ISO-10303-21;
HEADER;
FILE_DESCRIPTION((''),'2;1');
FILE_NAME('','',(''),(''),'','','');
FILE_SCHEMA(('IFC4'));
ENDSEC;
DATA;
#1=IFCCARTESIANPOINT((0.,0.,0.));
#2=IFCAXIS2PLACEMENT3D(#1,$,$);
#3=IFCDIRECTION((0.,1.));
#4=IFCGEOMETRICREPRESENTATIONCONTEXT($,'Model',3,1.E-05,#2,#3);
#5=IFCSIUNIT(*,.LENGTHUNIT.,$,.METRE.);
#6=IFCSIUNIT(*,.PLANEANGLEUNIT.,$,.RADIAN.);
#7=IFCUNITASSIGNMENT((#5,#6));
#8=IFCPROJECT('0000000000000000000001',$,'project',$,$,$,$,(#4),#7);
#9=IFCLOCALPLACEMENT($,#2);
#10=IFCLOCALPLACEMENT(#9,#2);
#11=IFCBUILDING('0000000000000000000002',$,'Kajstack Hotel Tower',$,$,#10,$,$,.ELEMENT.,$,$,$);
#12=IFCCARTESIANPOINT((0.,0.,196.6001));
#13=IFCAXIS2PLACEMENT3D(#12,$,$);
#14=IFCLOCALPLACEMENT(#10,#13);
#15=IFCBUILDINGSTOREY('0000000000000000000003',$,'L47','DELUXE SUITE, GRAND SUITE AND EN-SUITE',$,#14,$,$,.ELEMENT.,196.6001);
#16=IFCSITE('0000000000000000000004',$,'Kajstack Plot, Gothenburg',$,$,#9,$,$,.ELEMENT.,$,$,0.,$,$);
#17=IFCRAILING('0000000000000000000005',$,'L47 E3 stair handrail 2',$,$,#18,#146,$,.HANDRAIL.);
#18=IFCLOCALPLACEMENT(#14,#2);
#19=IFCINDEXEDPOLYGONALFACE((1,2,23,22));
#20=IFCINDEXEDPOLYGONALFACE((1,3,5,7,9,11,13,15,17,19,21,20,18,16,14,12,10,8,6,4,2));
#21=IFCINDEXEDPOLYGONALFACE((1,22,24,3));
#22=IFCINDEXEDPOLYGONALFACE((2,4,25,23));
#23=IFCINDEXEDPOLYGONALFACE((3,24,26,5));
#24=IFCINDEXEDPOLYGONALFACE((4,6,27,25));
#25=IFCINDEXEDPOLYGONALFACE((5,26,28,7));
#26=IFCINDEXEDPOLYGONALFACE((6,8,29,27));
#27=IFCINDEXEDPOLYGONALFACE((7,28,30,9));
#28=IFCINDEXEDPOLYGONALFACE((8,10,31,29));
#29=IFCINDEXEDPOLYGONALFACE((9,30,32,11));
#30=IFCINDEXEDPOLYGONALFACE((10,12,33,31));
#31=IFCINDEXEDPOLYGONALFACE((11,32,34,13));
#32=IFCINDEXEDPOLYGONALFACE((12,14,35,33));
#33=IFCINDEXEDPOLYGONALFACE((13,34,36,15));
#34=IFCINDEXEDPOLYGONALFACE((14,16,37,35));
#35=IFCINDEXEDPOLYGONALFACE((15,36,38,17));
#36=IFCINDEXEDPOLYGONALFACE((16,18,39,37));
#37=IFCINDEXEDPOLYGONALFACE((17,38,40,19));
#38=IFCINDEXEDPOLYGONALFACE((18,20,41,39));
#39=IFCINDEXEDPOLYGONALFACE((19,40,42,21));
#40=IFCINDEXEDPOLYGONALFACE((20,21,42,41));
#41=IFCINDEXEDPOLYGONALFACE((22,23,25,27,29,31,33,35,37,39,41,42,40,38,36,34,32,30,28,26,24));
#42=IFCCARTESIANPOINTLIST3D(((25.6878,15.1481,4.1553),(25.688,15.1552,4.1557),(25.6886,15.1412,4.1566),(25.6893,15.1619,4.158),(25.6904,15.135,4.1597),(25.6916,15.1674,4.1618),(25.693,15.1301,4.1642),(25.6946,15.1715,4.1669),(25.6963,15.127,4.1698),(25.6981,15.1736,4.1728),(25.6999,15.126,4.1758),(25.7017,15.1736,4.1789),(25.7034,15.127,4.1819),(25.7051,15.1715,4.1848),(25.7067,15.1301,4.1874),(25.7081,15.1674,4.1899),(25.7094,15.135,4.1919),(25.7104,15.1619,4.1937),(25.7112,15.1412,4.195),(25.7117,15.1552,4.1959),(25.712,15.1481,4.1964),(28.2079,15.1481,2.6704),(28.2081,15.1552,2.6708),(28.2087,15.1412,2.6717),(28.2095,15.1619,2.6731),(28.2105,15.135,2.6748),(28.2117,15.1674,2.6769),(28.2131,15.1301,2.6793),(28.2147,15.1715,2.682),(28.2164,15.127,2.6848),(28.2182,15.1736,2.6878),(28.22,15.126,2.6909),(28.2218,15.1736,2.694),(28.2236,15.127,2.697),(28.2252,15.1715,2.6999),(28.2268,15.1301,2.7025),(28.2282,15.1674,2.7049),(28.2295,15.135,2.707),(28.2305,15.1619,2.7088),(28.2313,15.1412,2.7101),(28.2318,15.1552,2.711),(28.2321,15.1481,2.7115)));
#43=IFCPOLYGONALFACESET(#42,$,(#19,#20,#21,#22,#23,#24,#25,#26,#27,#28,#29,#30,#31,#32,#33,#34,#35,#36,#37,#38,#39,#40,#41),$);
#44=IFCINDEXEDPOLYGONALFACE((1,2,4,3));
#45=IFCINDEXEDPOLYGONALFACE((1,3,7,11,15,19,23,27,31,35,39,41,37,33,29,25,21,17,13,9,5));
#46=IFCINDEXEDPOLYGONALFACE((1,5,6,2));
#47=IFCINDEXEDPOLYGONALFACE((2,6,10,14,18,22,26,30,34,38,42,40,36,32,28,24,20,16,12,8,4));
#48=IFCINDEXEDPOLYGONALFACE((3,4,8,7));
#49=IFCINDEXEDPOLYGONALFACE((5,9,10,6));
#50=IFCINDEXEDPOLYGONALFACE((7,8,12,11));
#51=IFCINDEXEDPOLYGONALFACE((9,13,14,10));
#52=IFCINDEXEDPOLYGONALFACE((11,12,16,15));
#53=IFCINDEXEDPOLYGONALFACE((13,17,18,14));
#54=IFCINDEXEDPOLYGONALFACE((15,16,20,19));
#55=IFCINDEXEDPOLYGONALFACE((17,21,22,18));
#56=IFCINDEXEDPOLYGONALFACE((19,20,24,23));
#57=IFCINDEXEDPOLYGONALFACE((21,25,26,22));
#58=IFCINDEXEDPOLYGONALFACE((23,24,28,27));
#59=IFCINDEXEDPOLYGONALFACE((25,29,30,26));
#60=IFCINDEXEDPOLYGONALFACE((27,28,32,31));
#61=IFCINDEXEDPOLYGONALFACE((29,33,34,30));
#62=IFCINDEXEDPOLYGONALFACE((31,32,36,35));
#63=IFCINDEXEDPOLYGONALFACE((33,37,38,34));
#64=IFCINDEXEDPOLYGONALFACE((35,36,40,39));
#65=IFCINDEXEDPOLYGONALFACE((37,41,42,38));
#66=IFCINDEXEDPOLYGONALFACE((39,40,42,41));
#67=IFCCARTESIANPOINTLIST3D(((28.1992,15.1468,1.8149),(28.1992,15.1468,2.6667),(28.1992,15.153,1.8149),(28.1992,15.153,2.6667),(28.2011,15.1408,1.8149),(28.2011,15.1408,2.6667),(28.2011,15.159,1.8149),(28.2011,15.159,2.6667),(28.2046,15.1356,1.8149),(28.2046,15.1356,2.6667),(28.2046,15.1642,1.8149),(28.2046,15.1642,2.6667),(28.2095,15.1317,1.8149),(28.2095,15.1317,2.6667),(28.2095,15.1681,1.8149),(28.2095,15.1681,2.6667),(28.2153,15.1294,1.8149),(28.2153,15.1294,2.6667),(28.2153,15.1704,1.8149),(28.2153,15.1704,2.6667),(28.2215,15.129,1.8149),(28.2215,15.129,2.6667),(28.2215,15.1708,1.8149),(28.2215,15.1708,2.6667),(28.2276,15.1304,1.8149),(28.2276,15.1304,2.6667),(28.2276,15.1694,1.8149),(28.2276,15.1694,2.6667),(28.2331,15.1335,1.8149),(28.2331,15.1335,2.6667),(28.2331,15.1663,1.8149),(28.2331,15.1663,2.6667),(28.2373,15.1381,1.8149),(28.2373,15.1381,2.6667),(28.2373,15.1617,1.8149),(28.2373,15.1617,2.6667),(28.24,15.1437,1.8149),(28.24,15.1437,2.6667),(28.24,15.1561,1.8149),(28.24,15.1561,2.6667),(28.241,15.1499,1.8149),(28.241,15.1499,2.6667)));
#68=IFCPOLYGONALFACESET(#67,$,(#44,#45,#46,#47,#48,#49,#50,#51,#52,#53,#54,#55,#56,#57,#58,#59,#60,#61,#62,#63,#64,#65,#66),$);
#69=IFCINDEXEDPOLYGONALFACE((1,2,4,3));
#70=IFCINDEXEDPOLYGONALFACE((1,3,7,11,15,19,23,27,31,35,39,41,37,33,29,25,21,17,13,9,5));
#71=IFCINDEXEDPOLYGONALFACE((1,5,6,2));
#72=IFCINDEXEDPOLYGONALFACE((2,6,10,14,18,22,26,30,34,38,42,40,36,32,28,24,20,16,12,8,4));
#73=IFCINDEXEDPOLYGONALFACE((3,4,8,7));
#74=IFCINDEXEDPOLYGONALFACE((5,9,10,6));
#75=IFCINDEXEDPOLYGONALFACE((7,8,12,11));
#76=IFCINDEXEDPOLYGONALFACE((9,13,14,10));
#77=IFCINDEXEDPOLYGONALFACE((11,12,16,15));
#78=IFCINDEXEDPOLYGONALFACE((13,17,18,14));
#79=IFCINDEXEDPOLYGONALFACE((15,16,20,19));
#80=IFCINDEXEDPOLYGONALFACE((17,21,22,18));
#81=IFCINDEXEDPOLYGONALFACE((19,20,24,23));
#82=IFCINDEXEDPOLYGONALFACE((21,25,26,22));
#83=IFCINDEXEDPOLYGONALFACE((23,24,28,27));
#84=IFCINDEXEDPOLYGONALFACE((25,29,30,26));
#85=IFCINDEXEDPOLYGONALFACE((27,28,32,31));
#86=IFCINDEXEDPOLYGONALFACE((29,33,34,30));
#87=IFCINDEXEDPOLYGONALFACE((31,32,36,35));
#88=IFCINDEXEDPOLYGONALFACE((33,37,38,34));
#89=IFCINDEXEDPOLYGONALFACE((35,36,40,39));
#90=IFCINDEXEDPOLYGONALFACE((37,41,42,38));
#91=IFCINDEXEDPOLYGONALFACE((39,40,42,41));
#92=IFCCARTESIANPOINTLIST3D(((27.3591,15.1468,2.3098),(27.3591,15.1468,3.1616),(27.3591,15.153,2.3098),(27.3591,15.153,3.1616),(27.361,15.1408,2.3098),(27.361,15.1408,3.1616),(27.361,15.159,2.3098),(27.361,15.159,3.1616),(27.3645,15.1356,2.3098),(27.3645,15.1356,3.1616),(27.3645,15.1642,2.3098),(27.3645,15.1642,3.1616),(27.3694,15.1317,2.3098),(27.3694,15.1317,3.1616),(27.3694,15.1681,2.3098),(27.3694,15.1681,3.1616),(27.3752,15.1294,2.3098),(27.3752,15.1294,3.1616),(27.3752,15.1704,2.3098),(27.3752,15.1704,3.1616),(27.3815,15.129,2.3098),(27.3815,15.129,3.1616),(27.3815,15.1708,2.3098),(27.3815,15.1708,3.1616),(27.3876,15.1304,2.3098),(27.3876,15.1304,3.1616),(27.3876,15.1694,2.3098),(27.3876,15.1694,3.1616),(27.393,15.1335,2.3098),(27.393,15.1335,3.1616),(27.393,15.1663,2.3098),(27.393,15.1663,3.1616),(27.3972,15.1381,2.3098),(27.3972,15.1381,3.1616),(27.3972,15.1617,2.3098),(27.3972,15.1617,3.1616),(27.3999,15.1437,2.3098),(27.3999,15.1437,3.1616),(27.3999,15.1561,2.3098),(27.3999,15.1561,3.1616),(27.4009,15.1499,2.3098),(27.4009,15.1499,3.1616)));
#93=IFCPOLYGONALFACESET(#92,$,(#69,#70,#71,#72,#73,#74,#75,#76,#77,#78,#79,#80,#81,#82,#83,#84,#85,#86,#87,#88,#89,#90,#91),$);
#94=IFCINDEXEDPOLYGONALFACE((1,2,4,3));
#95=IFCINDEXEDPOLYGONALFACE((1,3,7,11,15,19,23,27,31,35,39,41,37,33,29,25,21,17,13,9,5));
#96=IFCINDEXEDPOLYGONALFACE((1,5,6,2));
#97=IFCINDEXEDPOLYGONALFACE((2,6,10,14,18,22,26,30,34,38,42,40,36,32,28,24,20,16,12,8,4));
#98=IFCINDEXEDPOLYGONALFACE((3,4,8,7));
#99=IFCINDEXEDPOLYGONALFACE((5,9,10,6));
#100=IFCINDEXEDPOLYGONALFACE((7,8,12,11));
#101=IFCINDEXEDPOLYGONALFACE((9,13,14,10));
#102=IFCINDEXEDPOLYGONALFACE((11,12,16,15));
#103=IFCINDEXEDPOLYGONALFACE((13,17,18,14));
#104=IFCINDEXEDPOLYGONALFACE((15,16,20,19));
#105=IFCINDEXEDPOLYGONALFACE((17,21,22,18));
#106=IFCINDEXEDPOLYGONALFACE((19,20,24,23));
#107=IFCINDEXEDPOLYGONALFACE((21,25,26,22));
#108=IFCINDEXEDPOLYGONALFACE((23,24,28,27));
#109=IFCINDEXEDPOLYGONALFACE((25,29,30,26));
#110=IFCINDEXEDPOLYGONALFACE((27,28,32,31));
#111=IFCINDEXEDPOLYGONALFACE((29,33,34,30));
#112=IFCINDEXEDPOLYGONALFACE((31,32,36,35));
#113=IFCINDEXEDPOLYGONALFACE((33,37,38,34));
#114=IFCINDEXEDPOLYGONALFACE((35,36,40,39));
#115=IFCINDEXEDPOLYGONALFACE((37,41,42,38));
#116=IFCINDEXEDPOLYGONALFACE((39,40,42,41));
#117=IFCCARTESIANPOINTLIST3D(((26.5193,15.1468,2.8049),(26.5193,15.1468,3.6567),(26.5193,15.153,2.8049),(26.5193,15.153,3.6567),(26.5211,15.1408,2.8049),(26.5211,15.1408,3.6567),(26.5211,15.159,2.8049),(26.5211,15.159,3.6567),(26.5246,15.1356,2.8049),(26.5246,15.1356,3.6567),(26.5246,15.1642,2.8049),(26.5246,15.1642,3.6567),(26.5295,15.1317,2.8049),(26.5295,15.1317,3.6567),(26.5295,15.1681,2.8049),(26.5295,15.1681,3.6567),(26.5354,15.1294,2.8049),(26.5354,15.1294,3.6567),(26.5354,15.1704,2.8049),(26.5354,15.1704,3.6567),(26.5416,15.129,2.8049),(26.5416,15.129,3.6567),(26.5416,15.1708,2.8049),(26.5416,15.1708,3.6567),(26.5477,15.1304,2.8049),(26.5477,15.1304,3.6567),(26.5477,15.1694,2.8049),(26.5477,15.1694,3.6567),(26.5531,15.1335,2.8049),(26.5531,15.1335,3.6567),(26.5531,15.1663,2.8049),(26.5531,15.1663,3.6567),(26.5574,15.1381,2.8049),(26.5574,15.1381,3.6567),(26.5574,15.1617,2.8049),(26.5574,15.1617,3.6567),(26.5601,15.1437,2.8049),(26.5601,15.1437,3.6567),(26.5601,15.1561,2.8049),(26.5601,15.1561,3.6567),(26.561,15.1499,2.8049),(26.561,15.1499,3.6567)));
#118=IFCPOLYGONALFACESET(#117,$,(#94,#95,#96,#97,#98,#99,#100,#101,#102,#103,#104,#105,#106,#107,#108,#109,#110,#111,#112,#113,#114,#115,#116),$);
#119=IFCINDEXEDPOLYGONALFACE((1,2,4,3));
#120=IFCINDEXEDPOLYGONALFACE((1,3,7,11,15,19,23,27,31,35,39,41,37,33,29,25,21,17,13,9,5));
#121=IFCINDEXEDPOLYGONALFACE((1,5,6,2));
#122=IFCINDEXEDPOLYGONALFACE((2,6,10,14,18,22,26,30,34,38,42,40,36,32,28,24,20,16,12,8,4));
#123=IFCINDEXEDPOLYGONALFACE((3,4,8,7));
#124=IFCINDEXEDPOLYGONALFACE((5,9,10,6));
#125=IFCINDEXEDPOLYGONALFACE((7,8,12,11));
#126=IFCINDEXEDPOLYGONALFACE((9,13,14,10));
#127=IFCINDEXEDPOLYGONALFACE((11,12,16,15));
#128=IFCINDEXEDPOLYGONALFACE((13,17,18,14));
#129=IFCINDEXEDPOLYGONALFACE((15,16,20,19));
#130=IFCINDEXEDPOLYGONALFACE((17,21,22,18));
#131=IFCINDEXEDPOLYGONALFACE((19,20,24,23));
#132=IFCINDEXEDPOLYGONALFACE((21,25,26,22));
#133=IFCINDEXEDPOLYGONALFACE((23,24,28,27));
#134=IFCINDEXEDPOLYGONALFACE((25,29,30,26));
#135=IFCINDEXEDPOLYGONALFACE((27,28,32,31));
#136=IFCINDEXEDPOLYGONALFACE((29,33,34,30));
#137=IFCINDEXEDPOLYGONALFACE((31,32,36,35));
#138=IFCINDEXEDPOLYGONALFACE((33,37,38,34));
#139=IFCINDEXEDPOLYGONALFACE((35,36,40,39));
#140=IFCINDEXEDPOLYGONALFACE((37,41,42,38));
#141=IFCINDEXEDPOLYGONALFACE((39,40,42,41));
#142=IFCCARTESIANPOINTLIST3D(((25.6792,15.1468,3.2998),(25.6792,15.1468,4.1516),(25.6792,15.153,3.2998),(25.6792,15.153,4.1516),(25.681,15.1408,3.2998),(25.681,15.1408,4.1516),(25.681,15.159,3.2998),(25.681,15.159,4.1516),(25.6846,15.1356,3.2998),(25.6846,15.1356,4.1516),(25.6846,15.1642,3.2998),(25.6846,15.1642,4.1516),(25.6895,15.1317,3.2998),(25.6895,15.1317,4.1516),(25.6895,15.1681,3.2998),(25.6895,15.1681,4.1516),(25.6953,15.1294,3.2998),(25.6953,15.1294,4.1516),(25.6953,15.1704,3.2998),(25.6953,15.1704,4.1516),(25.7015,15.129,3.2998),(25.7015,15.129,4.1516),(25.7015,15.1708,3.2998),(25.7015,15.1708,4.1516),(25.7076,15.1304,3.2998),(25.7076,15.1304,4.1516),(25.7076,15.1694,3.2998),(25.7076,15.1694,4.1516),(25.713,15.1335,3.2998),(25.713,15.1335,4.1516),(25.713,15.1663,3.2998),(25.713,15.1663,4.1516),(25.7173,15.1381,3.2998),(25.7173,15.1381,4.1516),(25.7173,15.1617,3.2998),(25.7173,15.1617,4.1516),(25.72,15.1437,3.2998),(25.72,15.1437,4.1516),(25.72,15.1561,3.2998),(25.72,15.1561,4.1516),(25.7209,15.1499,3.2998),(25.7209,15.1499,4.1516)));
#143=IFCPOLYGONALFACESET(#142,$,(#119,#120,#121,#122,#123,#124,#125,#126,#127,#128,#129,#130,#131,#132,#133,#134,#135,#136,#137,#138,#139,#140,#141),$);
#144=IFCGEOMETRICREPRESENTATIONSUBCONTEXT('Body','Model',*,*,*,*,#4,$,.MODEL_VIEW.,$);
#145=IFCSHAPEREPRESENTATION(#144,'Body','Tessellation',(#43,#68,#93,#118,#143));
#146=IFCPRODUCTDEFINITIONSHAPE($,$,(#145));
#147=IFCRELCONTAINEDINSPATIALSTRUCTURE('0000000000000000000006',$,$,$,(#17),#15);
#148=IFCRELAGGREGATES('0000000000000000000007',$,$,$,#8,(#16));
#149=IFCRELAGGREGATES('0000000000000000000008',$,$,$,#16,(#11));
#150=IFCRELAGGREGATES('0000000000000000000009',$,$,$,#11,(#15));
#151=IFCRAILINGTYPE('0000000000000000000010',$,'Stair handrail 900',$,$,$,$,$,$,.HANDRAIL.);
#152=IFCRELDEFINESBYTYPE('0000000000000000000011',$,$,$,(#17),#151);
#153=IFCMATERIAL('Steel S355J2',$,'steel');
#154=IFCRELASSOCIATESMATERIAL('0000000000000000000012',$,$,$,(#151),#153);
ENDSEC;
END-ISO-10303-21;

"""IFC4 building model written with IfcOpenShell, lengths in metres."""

from ifc_helpers import new_model, si_unit, direction, frame, origin, origin_2d, place, context, subcontext, project, spatial, circle, extrude, material, type_object, element, save


model = new_model("IFC4")

# Units and contexts
model_context = context("Model", 3, precision=1e-05, world=origin(), true_north=direction((0.0, 1.0)))
body_context = subcontext(model_context, "Body", "Model", "MODEL_VIEW")
ifc_project = project(units=[si_unit("LENGTHUNIT", "METRE"), si_unit("PLANEANGLEUNIT", "RADIAN")], contexts=[model_context])

# Site, building, storey
site_placement = place(None, origin())
site = spatial("IfcSite", under=ifc_project, at=site_placement, Name="Kajstack Plot, Gothenburg", CompositionType="ELEMENT", RefElevation=0.0)
building_placement = place(site_placement, origin())
building = spatial("IfcBuilding", under=site, at=building_placement, Name="Kajstack Hotel Tower", CompositionType="ELEMENT")
storey_placement = place(building_placement, frame((0.0, 0.0, 196.6001)))
storey = spatial("IfcBuildingStorey", under=building, at=storey_placement, Name="L47", Description="DELUXE SUITE, GRAND SUITE AND EN-SUITE", CompositionType="ELEMENT", Elevation=196.6001)

# Railing
ifc_material_1 = material(Name="Steel S355J2", Category="steel")
railing_type_1 = type_object("IfcRailingType", Name="Stair handrail 900", PredefinedType="HANDRAIL", material=ifc_material_1)
railing_1_placement = place(storey_placement, frame((28.22, 15.1499, 1.8149)))
element("IfcRailing", 1, at=railing_1_placement, inside=storey, type_object=railing_type_1, Name="L47 E3 stair handrail 2", PredefinedType="HANDRAIL", context=body_context, shape_type="SweptSolid", body=[
    extrude(circle(Radius=0.0239, at=origin_2d()), frame((0.0, 0.0, 0.876), z_axis=(-0.861561, 0.0, 0.507655), x_axis=(0.0, -1.0, 0.0)), (0.0, 0.0, 1.0), 2.925),
    extrude(circle(Radius=0.021, at=origin_2d()), origin(), (0.0, 0.0, 1.0), 0.8518),
    extrude(circle(Radius=0.021, at=origin_2d()), frame((-0.8401, 0.0, 0.4949)), (0.0, 0.0, 1.0), 0.8518),
    extrude(circle(Radius=0.021, at=origin_2d()), frame((-1.6799, 0.0, 0.99)), (0.0, 0.0, 1.0), 0.8518),
    extrude(circle(Radius=0.021, at=origin_2d()), frame((-2.52, 0.0, 1.4849)), (0.0, 0.0, 1.0), 0.8518),
])

save(model, "model.ifc")
